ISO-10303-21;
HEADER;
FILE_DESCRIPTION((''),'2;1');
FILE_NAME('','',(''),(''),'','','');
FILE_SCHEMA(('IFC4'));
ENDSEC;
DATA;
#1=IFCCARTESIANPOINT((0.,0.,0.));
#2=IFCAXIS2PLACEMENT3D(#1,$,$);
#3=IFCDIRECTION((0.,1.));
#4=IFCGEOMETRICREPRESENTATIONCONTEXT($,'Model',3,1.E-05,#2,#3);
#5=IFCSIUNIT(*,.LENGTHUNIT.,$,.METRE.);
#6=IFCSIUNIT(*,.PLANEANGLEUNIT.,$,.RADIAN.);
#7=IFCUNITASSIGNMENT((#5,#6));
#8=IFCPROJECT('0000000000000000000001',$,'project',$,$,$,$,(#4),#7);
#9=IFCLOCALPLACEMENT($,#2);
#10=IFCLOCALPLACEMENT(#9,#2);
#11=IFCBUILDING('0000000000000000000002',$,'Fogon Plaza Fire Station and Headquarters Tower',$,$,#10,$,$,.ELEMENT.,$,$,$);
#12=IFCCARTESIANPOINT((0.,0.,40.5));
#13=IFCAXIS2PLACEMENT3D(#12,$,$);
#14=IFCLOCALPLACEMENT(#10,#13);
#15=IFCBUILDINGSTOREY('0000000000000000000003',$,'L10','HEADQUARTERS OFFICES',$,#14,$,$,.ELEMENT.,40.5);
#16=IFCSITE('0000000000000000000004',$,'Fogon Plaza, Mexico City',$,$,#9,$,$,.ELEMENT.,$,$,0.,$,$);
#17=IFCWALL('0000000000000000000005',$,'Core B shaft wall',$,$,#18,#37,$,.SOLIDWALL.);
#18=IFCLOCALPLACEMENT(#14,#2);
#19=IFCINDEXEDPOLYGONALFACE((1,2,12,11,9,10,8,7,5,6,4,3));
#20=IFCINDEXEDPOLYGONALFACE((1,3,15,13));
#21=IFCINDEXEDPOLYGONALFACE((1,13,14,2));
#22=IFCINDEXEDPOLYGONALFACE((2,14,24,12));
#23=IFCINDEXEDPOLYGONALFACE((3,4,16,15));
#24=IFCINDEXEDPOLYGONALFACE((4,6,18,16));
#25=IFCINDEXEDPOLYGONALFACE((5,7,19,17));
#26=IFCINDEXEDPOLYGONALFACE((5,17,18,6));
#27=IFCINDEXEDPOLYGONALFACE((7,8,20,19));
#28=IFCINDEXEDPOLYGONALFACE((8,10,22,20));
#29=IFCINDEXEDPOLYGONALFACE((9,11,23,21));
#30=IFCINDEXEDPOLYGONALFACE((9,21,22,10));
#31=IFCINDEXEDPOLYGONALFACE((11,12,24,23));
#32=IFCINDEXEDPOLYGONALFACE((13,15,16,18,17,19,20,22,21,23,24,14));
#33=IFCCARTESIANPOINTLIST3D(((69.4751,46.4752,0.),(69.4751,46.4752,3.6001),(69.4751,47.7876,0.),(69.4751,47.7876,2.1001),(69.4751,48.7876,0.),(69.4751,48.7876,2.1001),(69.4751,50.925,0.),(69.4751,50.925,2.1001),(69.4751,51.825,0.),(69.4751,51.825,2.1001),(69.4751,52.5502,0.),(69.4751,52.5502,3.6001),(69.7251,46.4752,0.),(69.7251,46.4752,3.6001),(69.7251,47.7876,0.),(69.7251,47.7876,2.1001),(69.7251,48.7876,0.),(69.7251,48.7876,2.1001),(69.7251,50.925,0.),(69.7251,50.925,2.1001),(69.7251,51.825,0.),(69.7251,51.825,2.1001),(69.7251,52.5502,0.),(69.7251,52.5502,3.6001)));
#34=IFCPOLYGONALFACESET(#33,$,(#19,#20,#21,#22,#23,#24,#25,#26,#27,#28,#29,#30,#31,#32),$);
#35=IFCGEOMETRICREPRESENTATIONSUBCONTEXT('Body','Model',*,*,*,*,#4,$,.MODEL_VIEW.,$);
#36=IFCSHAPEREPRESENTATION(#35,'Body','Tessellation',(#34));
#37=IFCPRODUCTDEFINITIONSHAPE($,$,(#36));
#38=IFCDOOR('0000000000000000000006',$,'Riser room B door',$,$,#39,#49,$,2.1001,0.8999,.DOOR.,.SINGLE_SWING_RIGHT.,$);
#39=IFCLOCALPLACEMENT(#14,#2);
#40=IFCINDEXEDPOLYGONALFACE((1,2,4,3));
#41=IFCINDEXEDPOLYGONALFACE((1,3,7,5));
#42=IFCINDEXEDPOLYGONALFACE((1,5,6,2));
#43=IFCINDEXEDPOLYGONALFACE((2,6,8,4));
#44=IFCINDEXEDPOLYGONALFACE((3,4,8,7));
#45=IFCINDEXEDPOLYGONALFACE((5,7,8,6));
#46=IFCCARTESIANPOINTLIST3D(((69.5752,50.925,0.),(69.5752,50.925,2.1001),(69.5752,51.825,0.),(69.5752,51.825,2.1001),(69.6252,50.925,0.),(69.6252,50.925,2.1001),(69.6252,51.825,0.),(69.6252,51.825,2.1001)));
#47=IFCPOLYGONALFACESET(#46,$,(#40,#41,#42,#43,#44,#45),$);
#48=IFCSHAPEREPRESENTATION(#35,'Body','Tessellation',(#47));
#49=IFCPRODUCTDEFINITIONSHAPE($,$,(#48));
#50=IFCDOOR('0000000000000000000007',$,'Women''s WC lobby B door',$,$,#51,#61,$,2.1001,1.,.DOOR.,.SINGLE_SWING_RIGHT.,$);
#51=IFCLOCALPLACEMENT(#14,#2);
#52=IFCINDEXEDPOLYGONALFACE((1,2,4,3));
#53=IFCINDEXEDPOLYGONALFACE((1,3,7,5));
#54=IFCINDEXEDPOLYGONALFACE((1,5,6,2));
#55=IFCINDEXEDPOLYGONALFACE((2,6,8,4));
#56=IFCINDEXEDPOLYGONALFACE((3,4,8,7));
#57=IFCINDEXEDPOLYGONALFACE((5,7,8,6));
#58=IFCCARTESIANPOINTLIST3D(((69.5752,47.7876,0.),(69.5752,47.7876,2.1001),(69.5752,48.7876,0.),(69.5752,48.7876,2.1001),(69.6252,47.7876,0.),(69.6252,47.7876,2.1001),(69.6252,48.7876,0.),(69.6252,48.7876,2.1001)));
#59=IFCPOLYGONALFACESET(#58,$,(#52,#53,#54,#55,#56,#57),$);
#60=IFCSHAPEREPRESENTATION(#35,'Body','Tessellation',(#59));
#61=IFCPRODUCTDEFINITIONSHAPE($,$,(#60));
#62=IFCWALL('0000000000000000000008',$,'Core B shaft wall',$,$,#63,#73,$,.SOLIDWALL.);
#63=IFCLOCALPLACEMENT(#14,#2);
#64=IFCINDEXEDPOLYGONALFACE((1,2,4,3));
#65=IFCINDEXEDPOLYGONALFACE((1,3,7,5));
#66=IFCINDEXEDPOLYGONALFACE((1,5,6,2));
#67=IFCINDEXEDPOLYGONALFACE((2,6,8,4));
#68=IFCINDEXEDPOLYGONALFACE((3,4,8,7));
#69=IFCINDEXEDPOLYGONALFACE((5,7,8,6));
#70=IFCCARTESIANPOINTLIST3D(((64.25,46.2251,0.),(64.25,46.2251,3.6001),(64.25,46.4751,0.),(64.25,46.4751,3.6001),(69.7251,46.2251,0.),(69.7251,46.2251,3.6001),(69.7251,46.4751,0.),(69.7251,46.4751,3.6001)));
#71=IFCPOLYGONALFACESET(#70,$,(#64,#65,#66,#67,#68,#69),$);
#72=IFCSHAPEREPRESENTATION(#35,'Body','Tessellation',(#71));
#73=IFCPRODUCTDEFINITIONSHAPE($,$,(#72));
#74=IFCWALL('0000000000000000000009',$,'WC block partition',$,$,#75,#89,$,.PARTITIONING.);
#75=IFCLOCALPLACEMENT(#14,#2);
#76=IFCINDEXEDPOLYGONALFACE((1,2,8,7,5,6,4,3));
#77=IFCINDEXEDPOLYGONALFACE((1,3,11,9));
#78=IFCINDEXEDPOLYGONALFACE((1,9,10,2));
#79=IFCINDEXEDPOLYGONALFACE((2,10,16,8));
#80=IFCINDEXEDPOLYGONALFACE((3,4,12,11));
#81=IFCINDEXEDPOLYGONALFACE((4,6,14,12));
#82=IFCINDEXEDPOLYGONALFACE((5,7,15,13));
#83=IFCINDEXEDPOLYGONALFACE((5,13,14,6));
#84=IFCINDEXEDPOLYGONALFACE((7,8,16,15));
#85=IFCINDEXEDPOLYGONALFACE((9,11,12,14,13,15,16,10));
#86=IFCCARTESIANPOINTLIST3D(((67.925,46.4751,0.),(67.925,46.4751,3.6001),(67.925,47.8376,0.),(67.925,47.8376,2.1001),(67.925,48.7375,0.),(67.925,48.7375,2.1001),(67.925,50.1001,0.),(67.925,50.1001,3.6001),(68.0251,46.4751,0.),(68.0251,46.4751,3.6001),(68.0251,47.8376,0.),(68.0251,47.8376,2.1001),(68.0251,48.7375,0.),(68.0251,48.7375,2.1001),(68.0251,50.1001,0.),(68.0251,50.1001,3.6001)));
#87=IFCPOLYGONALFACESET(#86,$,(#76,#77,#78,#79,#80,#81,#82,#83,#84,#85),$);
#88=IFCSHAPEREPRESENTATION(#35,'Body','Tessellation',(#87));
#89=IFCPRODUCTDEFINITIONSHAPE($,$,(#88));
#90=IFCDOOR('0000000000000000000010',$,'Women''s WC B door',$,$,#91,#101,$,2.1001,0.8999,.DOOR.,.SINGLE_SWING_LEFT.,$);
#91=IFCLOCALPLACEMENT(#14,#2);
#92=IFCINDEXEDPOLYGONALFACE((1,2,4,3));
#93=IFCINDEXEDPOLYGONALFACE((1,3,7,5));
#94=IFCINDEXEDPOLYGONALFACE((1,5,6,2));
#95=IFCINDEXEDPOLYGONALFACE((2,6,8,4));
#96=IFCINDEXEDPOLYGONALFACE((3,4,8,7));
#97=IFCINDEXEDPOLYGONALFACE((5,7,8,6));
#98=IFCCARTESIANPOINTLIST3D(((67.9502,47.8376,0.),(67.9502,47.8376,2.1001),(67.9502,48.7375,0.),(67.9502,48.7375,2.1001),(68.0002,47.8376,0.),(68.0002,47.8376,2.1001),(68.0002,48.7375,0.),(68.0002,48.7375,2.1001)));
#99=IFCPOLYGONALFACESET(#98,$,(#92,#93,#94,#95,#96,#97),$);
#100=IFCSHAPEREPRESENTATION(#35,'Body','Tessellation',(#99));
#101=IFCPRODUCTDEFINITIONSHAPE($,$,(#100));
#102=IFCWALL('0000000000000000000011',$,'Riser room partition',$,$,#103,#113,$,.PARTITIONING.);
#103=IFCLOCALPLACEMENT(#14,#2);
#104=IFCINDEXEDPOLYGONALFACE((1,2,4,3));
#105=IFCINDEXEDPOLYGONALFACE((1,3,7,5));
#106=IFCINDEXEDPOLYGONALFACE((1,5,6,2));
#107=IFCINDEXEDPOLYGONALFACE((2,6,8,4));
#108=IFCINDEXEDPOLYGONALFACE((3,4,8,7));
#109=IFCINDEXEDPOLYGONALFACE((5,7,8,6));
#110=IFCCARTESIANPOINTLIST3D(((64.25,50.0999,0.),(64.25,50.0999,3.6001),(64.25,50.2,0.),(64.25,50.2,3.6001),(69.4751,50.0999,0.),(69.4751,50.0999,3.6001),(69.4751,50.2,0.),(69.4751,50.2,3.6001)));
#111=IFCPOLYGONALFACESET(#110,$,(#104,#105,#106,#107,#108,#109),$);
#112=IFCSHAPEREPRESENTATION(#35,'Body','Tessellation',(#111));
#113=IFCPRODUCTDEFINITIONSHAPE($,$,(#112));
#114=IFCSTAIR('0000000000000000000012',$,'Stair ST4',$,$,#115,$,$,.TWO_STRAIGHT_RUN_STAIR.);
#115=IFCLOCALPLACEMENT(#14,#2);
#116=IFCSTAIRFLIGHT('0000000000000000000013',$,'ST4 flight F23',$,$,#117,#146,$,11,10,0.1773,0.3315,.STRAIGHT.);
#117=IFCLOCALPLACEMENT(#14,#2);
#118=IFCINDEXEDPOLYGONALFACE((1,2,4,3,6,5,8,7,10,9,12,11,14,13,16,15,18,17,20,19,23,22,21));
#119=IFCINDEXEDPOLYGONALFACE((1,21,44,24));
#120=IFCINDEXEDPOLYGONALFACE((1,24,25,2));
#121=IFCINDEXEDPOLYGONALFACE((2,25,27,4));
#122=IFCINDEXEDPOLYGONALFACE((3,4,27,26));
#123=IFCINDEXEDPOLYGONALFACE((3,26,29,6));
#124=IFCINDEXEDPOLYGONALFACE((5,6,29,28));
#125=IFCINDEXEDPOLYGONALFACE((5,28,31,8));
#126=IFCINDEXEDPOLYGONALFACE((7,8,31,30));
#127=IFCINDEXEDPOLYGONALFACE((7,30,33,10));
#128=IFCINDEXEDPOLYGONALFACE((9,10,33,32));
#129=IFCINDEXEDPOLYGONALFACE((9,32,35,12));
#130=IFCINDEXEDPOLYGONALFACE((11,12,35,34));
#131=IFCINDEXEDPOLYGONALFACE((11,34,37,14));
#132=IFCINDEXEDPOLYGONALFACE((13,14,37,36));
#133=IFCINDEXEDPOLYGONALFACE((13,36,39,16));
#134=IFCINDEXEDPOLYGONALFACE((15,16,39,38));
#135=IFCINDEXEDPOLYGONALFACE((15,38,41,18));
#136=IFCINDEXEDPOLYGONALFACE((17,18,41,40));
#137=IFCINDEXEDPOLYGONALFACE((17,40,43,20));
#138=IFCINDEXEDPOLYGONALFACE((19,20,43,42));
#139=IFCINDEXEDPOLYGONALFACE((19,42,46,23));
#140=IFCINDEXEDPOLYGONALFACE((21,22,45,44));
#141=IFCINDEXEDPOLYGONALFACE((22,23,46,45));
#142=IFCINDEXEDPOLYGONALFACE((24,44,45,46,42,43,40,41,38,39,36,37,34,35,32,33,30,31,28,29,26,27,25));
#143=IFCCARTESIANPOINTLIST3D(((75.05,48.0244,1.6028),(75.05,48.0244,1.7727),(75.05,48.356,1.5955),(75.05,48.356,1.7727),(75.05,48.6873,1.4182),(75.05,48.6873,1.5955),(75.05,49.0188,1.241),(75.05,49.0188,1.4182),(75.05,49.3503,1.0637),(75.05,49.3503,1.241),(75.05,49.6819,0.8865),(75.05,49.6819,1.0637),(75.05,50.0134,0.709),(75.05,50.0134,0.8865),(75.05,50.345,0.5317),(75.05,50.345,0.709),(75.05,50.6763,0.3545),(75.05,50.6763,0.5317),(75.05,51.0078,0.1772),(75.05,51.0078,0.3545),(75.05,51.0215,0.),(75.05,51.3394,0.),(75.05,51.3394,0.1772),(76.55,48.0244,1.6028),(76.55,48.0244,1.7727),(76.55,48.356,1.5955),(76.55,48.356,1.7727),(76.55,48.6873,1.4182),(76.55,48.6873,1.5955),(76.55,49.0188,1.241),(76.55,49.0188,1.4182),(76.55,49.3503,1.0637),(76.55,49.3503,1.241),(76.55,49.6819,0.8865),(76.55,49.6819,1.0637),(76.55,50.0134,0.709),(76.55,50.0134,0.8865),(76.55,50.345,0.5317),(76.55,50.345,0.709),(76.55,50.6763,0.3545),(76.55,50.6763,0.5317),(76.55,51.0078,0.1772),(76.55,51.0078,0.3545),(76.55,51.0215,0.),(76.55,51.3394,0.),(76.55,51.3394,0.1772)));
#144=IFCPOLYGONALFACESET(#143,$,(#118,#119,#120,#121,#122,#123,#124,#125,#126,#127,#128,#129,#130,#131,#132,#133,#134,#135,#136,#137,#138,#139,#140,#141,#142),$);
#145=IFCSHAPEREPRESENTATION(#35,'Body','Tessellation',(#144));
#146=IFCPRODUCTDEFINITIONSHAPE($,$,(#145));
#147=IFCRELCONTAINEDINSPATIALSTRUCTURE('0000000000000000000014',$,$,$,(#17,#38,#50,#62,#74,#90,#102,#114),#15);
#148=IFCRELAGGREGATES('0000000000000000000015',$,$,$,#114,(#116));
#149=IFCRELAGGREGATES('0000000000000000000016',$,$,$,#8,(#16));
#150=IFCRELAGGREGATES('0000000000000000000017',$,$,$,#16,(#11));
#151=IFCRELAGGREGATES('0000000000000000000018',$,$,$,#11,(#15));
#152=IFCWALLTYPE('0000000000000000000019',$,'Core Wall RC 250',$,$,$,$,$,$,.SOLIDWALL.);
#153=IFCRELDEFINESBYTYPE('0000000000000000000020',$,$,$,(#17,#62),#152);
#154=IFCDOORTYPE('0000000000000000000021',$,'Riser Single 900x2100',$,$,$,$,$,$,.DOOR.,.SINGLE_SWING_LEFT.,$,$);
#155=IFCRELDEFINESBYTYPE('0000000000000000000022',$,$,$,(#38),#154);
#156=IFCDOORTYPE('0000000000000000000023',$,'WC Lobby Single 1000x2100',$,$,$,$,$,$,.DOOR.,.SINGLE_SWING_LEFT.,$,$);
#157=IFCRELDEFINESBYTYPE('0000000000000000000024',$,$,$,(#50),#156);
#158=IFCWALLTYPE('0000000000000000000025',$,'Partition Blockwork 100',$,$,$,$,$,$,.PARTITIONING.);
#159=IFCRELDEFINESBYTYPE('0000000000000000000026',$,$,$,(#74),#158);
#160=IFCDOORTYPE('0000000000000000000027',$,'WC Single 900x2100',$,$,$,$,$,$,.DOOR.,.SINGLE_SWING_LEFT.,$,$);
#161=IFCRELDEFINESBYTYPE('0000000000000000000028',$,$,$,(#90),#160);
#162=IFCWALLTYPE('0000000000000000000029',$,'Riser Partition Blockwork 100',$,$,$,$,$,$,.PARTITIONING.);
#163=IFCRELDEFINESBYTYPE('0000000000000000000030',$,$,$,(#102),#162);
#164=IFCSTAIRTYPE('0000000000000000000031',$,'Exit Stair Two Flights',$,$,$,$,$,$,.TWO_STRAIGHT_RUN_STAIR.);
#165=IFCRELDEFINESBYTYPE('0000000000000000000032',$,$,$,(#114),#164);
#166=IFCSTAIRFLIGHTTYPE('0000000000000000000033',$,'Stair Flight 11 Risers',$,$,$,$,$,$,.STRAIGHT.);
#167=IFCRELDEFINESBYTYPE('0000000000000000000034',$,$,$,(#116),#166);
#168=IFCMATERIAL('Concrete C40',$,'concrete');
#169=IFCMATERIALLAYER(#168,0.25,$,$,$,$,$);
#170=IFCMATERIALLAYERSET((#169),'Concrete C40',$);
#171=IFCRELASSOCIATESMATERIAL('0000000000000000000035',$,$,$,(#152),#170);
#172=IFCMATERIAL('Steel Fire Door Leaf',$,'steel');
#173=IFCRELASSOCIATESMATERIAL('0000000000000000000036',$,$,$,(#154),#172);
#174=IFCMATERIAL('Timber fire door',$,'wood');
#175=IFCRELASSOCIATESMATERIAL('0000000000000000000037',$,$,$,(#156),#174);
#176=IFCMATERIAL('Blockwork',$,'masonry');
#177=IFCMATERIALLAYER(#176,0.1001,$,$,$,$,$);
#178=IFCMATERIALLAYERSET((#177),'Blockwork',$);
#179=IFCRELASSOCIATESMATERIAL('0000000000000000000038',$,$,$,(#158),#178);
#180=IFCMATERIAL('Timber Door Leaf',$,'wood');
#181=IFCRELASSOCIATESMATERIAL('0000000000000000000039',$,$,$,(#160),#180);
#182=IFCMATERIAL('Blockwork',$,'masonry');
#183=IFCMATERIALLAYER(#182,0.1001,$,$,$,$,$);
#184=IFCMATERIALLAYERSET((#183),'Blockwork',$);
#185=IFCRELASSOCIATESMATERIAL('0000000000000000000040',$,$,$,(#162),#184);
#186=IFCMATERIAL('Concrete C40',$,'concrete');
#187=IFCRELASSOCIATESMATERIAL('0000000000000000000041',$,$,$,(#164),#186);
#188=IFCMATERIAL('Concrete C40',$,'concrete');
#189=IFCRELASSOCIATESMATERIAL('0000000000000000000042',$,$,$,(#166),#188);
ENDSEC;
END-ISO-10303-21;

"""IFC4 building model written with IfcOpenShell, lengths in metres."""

from ifc_helpers import new_model, si_unit, direction, frame, frame_2d, origin, place, context, subcontext, project, spatial, polyline, rectangle, outline, extrude, material, layer, layer_set, type_object, element, fill, aggregate, save


model = new_model("IFC4")

# Units and contexts
model_context = context("Model", 3, precision=1e-05, world=origin(), true_north=direction((0.0, 1.0)))
body_context = subcontext(model_context, "Body", "Model", "MODEL_VIEW")
ifc_project = project(units=[si_unit("LENGTHUNIT", "METRE"), si_unit("PLANEANGLEUNIT", "RADIAN")], contexts=[model_context])

# Site, building, storey
site_placement = place(None, origin())
site = spatial("IfcSite", under=ifc_project, at=site_placement, Name="Fogon Plaza, Mexico City", CompositionType="ELEMENT", RefElevation=0.0)
building_placement = place(site_placement, origin())
building = spatial("IfcBuilding", under=site, at=building_placement, Name="Fogon Plaza Fire Station and Headquarters Tower", CompositionType="ELEMENT")
storey_placement = place(building_placement, frame((0.0, 0.0, 40.5)))
storey = spatial("IfcBuildingStorey", under=building, at=storey_placement, Name="L10", Description="HEADQUARTERS OFFICES", CompositionType="ELEMENT", Elevation=40.5)

# Shared definitions
ifc_material_1 = material(Name="Concrete C40", Category="concrete")
ifc_layer_1 = layer(ifc_material_1, 0.25)
ifc_layer_set_1 = layer_set([ifc_layer_1], Name="Concrete C40")
wall_type_1 = type_object("IfcWallType", Name="Core Wall RC 250", PredefinedType="SOLIDWALL", material=ifc_layer_set_1)

# Wall, openings, doors
wall_1_placement = place(storey_placement, frame((69.6001, 46.4751, 0.0), z_axis=(0.0, 0.0, 1.0), x_axis=(0.0, 1.0, 0.0)))
wall_1 = element("IfcWall", 1, at=wall_1_placement, inside=storey, type_object=wall_type_1, Name="Core B shaft wall", PredefinedType="SOLIDWALL", context=body_context, shape_type="SweptSolid", body=[
    extrude(rectangle(XDim=6.075, YDim=0.25, at=frame_2d((3.0376, 0.0))), origin(), (0.0, 0.0, 1.0), 3.6001),
])
opening_1_placement = place(wall_1_placement, frame((1.3125, 0.0, 0.0)))
opening_1 = element("IfcOpeningElement", 2, at=opening_1_placement, cuts=wall_1, PredefinedType="OPENING", context=body_context, shape_type="SweptSolid", body=[
    extrude(rectangle(XDim=1.0, YDim=2.1001, at=frame_2d((0.5, 1.05))), frame((0.0, 0.135, 0.0), z_axis=(0.0, -1.0, 0.0), x_axis=(1.0, 0.0, 0.0)), (0.0, 0.0, 1.0), 0.27),
])
opening_2_placement = place(wall_1_placement, frame((4.45, 0.0, 0.0)))
opening_2 = element("IfcOpeningElement", 3, at=opening_2_placement, cuts=wall_1, PredefinedType="OPENING", context=body_context, shape_type="SweptSolid", body=[
    extrude(rectangle(XDim=0.8999, YDim=2.1001, at=frame_2d((0.45, 1.05))), frame((0.0, 0.135, 0.0), z_axis=(0.0, -1.0, 0.0), x_axis=(1.0, 0.0, 0.0)), (0.0, 0.0, 1.0), 0.27),
])
ifc_material_2 = material(Name="Steel Fire Door Leaf", Category="steel")
door_type_1 = type_object("IfcDoorType", Name="Riser Single 900x2100", OperationType="SINGLE_SWING_LEFT", PredefinedType="DOOR", material=ifc_material_2)
door_1_placement = place(opening_2_placement, origin())
door_1 = element("IfcDoor", 4, at=door_1_placement, inside=storey, type_object=door_type_1, Name="Riser room B door", OperationType="SINGLE_SWING_RIGHT", OverallHeight=2.1001, OverallWidth=0.8999, PredefinedType="DOOR", context=body_context, shape_type="SweptSolid", body=[
    extrude(rectangle(XDim=0.8999, YDim=2.1001, at=frame_2d((0.45, 1.05))), frame((0.0, 0.0249, 0.0), z_axis=(0.0, -1.0, 0.0), x_axis=(1.0, 0.0, 0.0)), (0.0, 0.0, 1.0), 0.05),
])
fill(opening_2, door_1)
ifc_material_3 = material(Name="Timber fire door", Category="wood")
door_type_2 = type_object("IfcDoorType", Name="WC Lobby Single 1000x2100", OperationType="SINGLE_SWING_LEFT", PredefinedType="DOOR", material=ifc_material_3)
door_2_placement = place(opening_1_placement, origin())
door_2 = element("IfcDoor", 5, at=door_2_placement, inside=storey, type_object=door_type_2, Name="Women's WC lobby B door", OperationType="SINGLE_SWING_RIGHT", OverallHeight=2.1001, OverallWidth=1.0, PredefinedType="DOOR", context=body_context, shape_type="SweptSolid", body=[
    extrude(rectangle(XDim=1.0, YDim=2.1001, at=frame_2d((0.5, 1.05))), frame((0.0, 0.0249, 0.0), z_axis=(0.0, -1.0, 0.0), x_axis=(1.0, 0.0, 0.0)), (0.0, 0.0, 1.0), 0.05),
])
fill(opening_1, door_2)

# Wall
wall_2_placement = place(storey_placement, frame((69.7251, 46.3501, 0.0), z_axis=(0.0, 0.0, 1.0), x_axis=(-1.0, 0.0, 0.0)))
element("IfcWall", 6, at=wall_2_placement, inside=storey, type_object=wall_type_1, Name="Core B shaft wall", PredefinedType="SOLIDWALL", context=body_context, shape_type="SweptSolid", body=[
    extrude(rectangle(XDim=5.4751, YDim=0.25, at=frame_2d((2.7375, 0.0))), origin(), (0.0, 0.0, 1.0), 3.6001),
])

# Wall, opening, door
ifc_material_4 = material(Name="Blockwork", Category="masonry")
ifc_layer_2 = layer(ifc_material_4, 0.1001)
ifc_layer_set_2 = layer_set([ifc_layer_2], Name="Blockwork")
wall_type_2 = type_object("IfcWallType", Name="Partition Blockwork 100", PredefinedType="PARTITIONING", material=ifc_layer_set_2)
wall_3_placement = place(storey_placement, frame((67.9751, 46.4751, 0.0), z_axis=(0.0, 0.0, 1.0), x_axis=(0.0, 1.0, 0.0)))
wall_3 = element("IfcWall", 7, at=wall_3_placement, inside=storey, type_object=wall_type_2, Name="WC block partition", PredefinedType="PARTITIONING", context=body_context, shape_type="SweptSolid", body=[
    extrude(rectangle(XDim=3.625, YDim=0.1001, at=frame_2d((1.8125, 0.0))), origin(), (0.0, 0.0, 1.0), 3.6001),
])
opening_3_placement = place(wall_3_placement, frame((1.3625, 0.0, 0.0)))
opening_3 = element("IfcOpeningElement", 8, at=opening_3_placement, cuts=wall_3, PredefinedType="OPENING", context=body_context, shape_type="SweptSolid", body=[
    extrude(rectangle(XDim=0.8999, YDim=2.1001, at=frame_2d((0.45, 1.05))), frame((0.0, 0.0601, 0.0), z_axis=(0.0, -1.0, 0.0), x_axis=(1.0, 0.0, 0.0)), (0.0, 0.0, 1.0), 0.1201),
])
ifc_material_5 = material(Name="Timber Door Leaf", Category="wood")
door_type_3 = type_object("IfcDoorType", Name="WC Single 900x2100", OperationType="SINGLE_SWING_LEFT", PredefinedType="DOOR", material=ifc_material_5)
door_3_placement = place(opening_3_placement, origin())
door_3 = element("IfcDoor", 9, at=door_3_placement, inside=storey, type_object=door_type_3, Name="Women's WC B door", OperationType="SINGLE_SWING_LEFT", OverallHeight=2.1001, OverallWidth=0.8999, PredefinedType="DOOR", context=body_context, shape_type="SweptSolid", body=[
    extrude(rectangle(XDim=0.8999, YDim=2.1001, at=frame_2d((0.45, 1.05))), frame((0.0, 0.0249, 0.0), z_axis=(0.0, -1.0, 0.0), x_axis=(1.0, 0.0, 0.0)), (0.0, 0.0, 1.0), 0.05),
])
fill(opening_3, door_3)

# Wall
ifc_material_6 = material(Name="Blockwork", Category="masonry")
ifc_layer_3 = layer(ifc_material_6, 0.1001)
ifc_layer_set_3 = layer_set([ifc_layer_3], Name="Blockwork")
wall_type_3 = type_object("IfcWallType", Name="Riser Partition Blockwork 100", PredefinedType="PARTITIONING", material=ifc_layer_set_3)
wall_4_placement = place(storey_placement, frame((69.4751, 50.1499, 0.0), z_axis=(0.0, 0.0, 1.0), x_axis=(-1.0, 0.0, 0.0)))
element("IfcWall", 10, at=wall_4_placement, inside=storey, type_object=wall_type_3, Name="Riser room partition", PredefinedType="PARTITIONING", context=body_context, shape_type="SweptSolid", body=[
    extrude(rectangle(XDim=5.2251, YDim=0.1001, at=frame_2d((2.6125, 0.0))), origin(), (0.0, 0.0, 1.0), 3.6001),
])

# Stair, stair flight
ifc_material_7 = material(Name="Concrete C40", Category="concrete")
stair_type = type_object("IfcStairType", Name="Exit Stair Two Flights", PredefinedType="TWO_STRAIGHT_RUN_STAIR", material=ifc_material_7)
stair_placement = place(storey_placement, origin())
stair = element("IfcStair", 11, at=stair_placement, inside=storey, type_object=stair_type, Name="Stair ST4", PredefinedType="TWO_STRAIGHT_RUN_STAIR")
ifc_material_8 = material(Name="Concrete C40", Category="concrete")
stair_flight_type = type_object("IfcStairFlightType", Name="Stair Flight 11 Risers", PredefinedType="STRAIGHT", material=ifc_material_8)
stair_flight_1_placement = place(storey_placement, frame((75.8, 51.3394, 0.0), z_axis=(0.0, 0.0, 1.0), x_axis=(0.0, -1.0, 0.0)))
stair_flight_1 = element("IfcStairFlight", 12, at=stair_flight_1_placement, type_object=stair_flight_type, Name="ST4 flight F23", NumberOfRisers=11, NumberOfTreads=10, PredefinedType="STRAIGHT", RiserHeight=0.1773, TreadLength=0.3315, context=body_context, shape_type="SweptSolid", body=[
    extrude(outline(polyline([(0.0, 0.0), (0.0, 0.1772), (0.3315, 0.1772), (0.3315, 0.3545), (0.6631, 0.3545), (0.6631, 0.5317), (0.9944, 0.5317), (0.9944, 0.709), (1.3259, 0.709), (1.3259, 0.8865), (1.6575, 0.8865), (1.6575, 1.0637), (1.989, 1.0637), (1.989, 1.241), (2.3206, 1.241), (2.3206, 1.4182), (2.6521, 1.4182), (2.6521, 1.5955), (2.9834, 1.5955), (2.9834, 1.7727), (3.3149, 1.7727), (3.3149, 1.95), (3.3149, 1.6028), (0.3179, 0.0), (0.0, 0.0)])), frame((0.0, 0.75, 0.0), z_axis=(0.0, -1.0, 0.0), x_axis=(1.0, 0.0, 0.0)), (0.0, 0.0, 1.0), 1.5),
])
aggregate(stair, [stair_flight_1])

save(model, "model.ifc")
